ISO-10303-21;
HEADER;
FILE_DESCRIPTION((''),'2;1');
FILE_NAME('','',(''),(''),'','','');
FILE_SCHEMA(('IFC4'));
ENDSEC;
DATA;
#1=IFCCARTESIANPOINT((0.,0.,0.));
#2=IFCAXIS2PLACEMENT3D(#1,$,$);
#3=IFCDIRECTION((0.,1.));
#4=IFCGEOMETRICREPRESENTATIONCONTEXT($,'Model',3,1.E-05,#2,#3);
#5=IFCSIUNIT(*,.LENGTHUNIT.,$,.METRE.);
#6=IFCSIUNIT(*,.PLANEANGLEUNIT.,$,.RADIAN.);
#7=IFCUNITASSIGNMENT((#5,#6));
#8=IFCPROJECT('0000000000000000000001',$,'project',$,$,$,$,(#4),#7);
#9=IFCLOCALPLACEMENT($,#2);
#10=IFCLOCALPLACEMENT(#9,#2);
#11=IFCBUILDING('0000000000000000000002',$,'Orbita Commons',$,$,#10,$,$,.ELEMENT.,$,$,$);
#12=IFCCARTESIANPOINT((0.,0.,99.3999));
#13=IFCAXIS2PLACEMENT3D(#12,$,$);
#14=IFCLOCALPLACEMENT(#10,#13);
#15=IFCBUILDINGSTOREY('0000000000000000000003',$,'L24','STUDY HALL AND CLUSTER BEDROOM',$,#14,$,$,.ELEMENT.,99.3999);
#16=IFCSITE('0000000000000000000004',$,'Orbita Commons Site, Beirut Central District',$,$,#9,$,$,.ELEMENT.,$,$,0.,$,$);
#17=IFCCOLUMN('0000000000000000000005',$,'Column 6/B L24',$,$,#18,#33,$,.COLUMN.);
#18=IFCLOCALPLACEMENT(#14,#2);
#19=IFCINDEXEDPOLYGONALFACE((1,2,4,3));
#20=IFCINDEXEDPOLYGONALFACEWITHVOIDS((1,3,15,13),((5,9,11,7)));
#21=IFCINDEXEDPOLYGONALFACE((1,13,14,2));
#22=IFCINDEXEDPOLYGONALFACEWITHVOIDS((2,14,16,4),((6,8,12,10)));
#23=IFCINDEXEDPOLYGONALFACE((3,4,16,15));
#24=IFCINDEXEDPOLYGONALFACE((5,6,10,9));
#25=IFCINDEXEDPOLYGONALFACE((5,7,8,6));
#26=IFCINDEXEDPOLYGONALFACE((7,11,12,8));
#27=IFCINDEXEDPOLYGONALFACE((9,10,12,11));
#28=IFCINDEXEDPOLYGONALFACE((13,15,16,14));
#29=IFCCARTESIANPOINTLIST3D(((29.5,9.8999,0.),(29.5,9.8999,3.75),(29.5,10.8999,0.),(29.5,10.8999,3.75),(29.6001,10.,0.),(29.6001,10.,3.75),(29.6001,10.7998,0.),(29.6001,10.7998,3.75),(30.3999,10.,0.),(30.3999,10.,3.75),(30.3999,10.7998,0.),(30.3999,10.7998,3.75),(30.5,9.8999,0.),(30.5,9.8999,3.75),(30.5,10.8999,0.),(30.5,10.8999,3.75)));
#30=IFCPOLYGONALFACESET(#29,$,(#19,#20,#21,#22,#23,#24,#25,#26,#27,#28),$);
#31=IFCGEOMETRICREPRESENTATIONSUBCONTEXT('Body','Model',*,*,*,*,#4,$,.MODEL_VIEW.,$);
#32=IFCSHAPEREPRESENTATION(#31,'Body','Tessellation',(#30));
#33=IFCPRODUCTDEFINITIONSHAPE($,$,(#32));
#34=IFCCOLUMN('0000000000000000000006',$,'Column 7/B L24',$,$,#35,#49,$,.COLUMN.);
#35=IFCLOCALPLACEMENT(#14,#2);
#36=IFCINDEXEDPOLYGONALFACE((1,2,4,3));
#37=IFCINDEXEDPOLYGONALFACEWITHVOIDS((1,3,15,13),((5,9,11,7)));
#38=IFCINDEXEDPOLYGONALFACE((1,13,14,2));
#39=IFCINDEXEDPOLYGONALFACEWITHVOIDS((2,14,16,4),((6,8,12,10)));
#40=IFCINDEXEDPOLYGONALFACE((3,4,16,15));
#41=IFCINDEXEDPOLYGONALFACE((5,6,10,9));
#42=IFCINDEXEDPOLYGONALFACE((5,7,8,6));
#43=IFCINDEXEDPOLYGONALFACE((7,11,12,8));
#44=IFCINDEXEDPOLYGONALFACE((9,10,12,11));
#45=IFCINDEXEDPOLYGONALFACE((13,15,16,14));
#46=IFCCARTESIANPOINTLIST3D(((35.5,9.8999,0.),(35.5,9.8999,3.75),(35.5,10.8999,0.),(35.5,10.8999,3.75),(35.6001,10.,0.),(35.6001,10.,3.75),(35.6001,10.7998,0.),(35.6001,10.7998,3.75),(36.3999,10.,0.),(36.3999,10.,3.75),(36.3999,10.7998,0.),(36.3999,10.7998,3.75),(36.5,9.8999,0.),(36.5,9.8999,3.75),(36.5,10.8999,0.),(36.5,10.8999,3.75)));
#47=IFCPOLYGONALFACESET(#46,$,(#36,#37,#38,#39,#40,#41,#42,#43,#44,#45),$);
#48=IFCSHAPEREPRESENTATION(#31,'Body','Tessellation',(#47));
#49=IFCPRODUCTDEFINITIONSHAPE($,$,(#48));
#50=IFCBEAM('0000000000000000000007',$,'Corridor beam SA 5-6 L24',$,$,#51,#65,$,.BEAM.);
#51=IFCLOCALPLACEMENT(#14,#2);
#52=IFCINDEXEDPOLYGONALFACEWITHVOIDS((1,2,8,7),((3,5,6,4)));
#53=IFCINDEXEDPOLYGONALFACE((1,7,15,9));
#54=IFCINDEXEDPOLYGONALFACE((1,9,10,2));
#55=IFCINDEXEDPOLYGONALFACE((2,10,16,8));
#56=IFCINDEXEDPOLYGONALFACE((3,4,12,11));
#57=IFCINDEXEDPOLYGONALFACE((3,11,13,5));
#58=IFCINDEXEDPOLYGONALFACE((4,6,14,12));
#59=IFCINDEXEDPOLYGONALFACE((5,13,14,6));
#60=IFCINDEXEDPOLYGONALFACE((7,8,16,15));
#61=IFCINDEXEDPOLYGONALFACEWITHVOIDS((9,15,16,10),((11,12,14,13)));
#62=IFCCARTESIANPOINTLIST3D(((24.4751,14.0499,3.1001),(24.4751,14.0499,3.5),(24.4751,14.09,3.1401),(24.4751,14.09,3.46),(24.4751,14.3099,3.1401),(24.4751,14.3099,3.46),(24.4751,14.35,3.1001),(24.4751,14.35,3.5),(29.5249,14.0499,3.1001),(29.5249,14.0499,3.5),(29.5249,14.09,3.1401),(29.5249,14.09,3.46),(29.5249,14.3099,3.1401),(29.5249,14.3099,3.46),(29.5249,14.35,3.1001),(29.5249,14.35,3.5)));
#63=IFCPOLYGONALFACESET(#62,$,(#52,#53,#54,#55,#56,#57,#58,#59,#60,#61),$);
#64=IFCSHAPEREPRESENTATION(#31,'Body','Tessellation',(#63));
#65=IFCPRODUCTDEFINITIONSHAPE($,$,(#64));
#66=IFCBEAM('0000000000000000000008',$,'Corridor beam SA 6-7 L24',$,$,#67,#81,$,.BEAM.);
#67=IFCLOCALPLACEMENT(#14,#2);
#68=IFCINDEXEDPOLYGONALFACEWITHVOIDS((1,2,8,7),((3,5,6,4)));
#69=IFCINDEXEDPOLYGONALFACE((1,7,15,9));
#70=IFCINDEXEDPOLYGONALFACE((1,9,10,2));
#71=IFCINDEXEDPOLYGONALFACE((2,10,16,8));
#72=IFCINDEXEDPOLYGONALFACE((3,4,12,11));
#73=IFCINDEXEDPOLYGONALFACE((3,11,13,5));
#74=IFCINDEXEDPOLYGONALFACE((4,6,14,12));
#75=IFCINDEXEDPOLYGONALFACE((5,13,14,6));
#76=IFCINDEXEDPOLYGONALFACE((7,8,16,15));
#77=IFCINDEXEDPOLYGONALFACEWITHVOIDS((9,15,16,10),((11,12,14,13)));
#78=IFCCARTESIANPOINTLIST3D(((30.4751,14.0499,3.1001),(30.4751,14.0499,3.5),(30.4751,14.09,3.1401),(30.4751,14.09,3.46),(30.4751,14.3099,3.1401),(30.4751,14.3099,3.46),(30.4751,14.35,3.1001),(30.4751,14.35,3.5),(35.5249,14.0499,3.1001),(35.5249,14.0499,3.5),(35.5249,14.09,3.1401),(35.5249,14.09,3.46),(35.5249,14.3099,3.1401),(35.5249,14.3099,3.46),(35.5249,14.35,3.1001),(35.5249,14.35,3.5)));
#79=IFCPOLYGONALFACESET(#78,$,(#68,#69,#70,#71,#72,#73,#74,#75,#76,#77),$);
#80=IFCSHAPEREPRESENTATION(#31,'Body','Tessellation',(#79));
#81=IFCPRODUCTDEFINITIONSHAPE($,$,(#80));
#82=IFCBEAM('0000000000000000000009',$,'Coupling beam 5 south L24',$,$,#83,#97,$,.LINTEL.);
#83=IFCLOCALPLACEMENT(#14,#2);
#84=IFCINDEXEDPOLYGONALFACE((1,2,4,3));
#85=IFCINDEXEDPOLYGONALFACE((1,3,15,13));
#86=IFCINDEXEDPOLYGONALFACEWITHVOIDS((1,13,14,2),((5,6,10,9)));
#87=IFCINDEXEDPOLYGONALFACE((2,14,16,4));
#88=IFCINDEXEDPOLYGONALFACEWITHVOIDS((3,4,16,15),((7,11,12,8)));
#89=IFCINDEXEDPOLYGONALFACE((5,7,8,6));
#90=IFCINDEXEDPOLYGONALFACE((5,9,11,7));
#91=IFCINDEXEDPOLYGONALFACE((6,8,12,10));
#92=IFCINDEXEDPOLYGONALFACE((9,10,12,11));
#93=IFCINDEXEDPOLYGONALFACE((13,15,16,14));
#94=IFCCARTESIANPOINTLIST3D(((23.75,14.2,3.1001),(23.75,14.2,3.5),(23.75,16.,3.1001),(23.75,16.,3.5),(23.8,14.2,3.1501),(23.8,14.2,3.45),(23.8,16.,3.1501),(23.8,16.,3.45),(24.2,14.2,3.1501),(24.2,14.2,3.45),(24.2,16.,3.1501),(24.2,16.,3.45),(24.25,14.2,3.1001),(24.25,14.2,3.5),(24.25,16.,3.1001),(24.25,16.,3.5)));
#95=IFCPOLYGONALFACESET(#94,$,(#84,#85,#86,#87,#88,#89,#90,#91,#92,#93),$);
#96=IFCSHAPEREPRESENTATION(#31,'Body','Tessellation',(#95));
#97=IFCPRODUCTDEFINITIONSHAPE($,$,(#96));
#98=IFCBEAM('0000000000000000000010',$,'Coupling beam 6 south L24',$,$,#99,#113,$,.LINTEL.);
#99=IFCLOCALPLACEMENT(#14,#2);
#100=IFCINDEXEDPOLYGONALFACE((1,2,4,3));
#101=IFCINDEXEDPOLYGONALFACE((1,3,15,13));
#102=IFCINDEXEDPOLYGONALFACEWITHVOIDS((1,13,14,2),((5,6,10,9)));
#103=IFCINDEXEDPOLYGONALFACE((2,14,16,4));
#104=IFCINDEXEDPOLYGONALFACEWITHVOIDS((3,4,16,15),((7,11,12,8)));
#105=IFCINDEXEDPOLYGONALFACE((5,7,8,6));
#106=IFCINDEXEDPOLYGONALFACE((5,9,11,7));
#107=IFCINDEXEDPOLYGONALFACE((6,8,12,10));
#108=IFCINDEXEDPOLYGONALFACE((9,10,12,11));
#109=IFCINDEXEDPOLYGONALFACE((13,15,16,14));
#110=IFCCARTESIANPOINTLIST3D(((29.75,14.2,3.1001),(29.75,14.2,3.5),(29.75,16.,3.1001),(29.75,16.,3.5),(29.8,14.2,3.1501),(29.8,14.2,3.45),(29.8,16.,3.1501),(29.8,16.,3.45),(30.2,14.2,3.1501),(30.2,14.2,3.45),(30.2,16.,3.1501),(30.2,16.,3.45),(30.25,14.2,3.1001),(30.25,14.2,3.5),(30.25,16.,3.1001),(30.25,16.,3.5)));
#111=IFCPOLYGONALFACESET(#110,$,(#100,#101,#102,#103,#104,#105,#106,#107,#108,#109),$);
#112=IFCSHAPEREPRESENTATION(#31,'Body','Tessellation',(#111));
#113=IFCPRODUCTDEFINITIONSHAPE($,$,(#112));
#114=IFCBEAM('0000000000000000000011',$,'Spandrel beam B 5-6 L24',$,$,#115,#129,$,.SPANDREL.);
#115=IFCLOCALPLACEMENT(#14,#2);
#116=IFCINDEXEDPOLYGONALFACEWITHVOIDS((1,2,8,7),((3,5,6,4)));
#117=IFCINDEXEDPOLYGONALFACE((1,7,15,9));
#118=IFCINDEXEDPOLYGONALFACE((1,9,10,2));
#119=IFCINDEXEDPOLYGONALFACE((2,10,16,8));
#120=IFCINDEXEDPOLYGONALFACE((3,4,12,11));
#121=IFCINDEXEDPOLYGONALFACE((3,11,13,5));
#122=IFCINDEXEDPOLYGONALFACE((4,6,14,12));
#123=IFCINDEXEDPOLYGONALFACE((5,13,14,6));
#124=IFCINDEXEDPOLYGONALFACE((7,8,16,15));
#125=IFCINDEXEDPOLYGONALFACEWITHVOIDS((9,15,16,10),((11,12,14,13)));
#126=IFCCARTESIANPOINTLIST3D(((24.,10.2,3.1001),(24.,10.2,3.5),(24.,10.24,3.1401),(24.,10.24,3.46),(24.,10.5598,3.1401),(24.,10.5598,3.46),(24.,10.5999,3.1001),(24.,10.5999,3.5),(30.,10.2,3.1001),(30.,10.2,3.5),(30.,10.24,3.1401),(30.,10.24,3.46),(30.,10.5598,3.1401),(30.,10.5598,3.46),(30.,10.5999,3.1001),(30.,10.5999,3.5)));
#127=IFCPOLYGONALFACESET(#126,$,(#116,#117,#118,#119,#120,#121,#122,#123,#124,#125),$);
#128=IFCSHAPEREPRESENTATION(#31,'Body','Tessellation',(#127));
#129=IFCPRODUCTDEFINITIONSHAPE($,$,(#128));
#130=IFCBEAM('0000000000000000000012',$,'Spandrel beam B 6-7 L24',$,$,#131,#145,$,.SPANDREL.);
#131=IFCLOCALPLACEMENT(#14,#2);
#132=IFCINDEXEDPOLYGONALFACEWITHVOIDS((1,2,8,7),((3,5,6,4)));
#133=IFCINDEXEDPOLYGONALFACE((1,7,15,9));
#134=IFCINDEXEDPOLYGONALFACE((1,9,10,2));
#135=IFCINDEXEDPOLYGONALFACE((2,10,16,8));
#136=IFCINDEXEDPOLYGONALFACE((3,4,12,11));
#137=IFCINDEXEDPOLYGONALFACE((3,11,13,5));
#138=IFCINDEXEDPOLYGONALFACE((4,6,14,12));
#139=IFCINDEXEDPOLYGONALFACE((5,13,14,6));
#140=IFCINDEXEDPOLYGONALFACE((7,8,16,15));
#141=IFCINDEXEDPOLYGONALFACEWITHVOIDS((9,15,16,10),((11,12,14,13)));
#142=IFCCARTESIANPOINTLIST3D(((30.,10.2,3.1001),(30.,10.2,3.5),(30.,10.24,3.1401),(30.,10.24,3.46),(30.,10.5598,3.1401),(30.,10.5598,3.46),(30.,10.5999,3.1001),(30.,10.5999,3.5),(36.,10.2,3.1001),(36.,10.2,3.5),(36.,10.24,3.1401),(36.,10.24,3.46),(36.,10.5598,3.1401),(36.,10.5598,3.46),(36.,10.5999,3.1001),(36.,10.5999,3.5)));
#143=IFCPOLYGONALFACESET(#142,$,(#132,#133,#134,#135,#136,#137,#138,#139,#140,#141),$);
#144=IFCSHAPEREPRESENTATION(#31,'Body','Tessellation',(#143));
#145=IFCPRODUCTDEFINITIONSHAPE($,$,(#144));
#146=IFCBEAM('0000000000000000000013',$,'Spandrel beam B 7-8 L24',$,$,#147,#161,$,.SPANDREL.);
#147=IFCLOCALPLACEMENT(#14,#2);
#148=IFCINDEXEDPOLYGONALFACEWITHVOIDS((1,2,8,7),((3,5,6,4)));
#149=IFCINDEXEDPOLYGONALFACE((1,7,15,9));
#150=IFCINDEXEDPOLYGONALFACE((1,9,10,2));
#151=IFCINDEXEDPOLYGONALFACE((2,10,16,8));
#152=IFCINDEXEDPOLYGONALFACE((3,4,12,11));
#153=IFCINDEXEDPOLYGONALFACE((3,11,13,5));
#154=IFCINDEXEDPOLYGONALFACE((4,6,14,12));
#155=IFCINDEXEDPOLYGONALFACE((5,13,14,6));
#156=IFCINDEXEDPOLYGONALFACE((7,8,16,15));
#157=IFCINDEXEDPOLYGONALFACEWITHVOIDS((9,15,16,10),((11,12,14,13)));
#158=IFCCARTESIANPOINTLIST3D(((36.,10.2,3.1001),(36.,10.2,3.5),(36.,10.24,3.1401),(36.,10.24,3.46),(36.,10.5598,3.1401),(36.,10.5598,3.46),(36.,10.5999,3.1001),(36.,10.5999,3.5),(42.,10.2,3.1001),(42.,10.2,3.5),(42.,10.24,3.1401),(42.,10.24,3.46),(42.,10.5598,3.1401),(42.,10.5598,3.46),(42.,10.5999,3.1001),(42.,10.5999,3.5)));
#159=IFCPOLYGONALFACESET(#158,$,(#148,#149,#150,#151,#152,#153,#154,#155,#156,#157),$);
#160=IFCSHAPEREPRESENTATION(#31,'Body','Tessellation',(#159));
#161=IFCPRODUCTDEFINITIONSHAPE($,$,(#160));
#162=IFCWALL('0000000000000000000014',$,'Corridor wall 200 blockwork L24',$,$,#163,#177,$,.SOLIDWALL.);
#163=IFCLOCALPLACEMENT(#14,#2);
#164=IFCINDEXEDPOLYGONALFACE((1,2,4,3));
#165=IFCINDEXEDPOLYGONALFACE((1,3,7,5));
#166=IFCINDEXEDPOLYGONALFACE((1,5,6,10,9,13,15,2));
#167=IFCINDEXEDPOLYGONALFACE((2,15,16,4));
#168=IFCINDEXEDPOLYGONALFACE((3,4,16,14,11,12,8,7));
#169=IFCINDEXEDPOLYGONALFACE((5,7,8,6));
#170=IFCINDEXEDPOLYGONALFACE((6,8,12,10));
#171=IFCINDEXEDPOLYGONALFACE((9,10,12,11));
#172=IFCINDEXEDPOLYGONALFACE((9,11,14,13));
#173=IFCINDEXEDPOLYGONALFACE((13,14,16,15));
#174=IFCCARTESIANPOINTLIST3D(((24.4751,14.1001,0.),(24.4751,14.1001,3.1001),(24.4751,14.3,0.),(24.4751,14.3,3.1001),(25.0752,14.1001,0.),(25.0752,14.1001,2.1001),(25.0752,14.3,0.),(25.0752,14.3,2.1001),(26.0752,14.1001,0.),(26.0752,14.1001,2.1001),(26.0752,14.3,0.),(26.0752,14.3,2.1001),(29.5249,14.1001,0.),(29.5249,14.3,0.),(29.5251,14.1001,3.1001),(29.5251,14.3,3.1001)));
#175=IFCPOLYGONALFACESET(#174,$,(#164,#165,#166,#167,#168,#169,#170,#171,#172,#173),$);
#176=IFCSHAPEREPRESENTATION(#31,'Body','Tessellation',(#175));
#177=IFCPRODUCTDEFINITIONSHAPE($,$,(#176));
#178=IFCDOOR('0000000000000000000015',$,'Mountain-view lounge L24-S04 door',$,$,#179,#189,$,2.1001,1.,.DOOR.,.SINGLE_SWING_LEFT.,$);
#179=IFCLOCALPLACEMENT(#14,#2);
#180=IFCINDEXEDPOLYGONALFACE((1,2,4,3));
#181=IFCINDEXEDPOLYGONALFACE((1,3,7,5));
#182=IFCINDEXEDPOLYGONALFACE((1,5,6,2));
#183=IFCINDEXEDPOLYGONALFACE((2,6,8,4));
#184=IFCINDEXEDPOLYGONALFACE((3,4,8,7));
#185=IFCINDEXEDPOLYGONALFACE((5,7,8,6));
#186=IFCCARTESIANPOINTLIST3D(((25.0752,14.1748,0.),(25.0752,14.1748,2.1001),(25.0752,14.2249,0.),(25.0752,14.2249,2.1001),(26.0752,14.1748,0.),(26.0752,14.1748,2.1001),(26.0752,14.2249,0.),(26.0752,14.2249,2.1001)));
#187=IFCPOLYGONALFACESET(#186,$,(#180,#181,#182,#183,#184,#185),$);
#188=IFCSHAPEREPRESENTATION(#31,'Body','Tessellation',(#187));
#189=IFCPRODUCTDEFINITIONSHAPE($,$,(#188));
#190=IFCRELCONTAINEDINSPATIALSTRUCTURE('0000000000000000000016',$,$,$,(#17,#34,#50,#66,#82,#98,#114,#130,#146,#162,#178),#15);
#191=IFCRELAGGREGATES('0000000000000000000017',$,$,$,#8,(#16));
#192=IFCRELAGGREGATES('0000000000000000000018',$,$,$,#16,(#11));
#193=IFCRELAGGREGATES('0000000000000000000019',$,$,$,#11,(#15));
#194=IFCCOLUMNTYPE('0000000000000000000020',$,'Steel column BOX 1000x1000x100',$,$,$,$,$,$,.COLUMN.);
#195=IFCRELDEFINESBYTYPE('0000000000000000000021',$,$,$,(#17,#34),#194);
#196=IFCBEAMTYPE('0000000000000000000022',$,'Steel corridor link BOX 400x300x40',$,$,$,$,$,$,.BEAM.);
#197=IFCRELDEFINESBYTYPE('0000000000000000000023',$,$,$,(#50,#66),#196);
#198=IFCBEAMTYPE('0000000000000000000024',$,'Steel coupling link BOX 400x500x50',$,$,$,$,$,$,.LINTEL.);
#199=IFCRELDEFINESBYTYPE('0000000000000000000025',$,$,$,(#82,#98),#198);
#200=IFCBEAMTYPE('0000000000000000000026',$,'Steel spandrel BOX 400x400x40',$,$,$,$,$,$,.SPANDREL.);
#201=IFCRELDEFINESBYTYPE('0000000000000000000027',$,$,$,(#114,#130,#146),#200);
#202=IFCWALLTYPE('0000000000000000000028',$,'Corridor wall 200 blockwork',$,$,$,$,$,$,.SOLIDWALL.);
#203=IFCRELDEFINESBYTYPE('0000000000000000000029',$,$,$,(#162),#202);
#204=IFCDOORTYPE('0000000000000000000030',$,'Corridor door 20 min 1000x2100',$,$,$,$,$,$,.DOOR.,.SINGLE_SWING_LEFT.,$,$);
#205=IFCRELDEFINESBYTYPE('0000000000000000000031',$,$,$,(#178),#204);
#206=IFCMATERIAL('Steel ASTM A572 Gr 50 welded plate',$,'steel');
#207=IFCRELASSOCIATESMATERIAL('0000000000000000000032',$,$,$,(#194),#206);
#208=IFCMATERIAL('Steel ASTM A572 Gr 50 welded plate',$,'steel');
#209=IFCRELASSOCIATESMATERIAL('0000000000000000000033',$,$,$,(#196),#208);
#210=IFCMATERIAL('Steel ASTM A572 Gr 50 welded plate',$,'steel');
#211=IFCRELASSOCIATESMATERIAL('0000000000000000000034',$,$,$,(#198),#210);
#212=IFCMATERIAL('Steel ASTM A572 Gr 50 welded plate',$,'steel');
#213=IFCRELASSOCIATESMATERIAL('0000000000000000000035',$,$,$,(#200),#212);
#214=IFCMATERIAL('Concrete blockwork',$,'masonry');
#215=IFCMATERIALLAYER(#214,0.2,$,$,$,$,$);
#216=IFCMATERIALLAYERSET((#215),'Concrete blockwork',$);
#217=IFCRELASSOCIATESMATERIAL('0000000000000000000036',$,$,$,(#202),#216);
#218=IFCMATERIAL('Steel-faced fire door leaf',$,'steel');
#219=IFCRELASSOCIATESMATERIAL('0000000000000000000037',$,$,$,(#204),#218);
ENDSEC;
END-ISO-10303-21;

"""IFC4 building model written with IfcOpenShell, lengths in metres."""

from ifc_helpers import new_model, si_unit, direction, frame, frame_2d, origin, origin_2d, place, context, subcontext, project, spatial, polyline, rectangle, hollow_rectangle, outline, extrude, material, layer, layer_set, material_profile, profile_set, type_object, element, fill, save


model = new_model("IFC4")

# Units and contexts
model_context = context("Model", 3, precision=1e-05, world=origin(), true_north=direction((0.0, 1.0)))
body_context = subcontext(model_context, "Body", "Model", "MODEL_VIEW")
ifc_project = project(units=[si_unit("LENGTHUNIT", "METRE"), si_unit("PLANEANGLEUNIT", "RADIAN")], contexts=[model_context])

# Site, building, storey
site_placement = place(None, origin())
site = spatial("IfcSite", under=ifc_project, at=site_placement, Name="Orbita Commons Site, Beirut Central District", CompositionType="ELEMENT", RefElevation=0.0)
building_placement = place(site_placement, origin())
building = spatial("IfcBuilding", under=site, at=building_placement, Name="Orbita Commons", CompositionType="ELEMENT")
storey_placement = place(building_placement, frame((0.0, 0.0, 99.3999)))
storey = spatial("IfcBuildingStorey", under=building, at=storey_placement, Name="L24", Description="STUDY HALL AND CLUSTER BEDROOM", CompositionType="ELEMENT", Elevation=99.3999)

# Columns
ifc_material_1 = material(Name="Steel ASTM A572 Gr 50 welded plate", Category="steel")
ifc_material_profile_1 = material_profile(ifc_material_1, hollow_rectangle(XDim=1.0, YDim=1.0, WallThickness=0.1001, at=origin_2d()), Name="BOX 1000x1000x100")
ifc_profile_set_1 = profile_set([ifc_material_profile_1], Name="Steel ASTM A572 Gr 50 welded plate")
column_type = type_object("IfcColumnType", Name="Steel column BOX 1000x1000x100", PredefinedType="COLUMN", material=ifc_profile_set_1)
for number, where, z_axis, x_axis, name in (
    (1, (30.0, 10.3999, 0.0), (0.0, 0.0, 1.0), (1.0, 0.0, 0.0), "Column 6/B L24"),
    (2, (36.0, 10.3999, 0.0), (0.0, 0.0, 1.0), (1.0, 0.0, 0.0), "Column 7/B L24"),
):
    element("IfcColumn", number, at=place(storey_placement, frame(where, z_axis=z_axis, x_axis=x_axis)), inside=storey, type_object=column_type, Name=name, PredefinedType="COLUMN", context=body_context, shape_type="SweptSolid", body=[
        extrude(hollow_rectangle(XDim=1.0, YDim=1.0, WallThickness=0.1001, at=origin_2d()), origin(), (0.0, 0.0, 1.0), 3.75),
    ])

# Beams
ifc_material_2 = material(Name="Steel ASTM A572 Gr 50 welded plate", Category="steel")
ifc_material_profile_2 = material_profile(ifc_material_2, hollow_rectangle(XDim=0.3, YDim=0.3999, WallThickness=0.04, at=origin_2d()), Name="BOX 400x300x40")
ifc_profile_set_2 = profile_set([ifc_material_profile_2], Name="Steel ASTM A572 Gr 50 welded plate")
beam_type_1 = type_object("IfcBeamType", Name="Steel corridor link BOX 400x300x40", PredefinedType="BEAM", material=ifc_profile_set_2)
for number, where, z_axis, x_axis, name in (
    (3, (24.4751, 14.2, 3.3), (1.0, 0.0, 0.0), (0.0, 1.0, 0.0), "Corridor beam SA 5-6 L24"),
    (4, (30.4751, 14.2, 3.3), (1.0, 0.0, 0.0), (0.0, 1.0, 0.0), "Corridor beam SA 6-7 L24"),
):
    element("IfcBeam", number, at=place(storey_placement, frame(where, z_axis=z_axis, x_axis=x_axis)), inside=storey, type_object=beam_type_1, Name=name, PredefinedType="BEAM", context=body_context, shape_type="SweptSolid", body=[
        extrude(hollow_rectangle(XDim=0.3, YDim=0.3999, WallThickness=0.04, at=origin_2d()), origin(), (0.0, 0.0, 1.0), 5.0498),
    ])
ifc_material_3 = material(Name="Steel ASTM A572 Gr 50 welded plate", Category="steel")
ifc_material_profile_3 = material_profile(ifc_material_3, hollow_rectangle(XDim=0.5, YDim=0.3999, WallThickness=0.05, at=origin_2d()), Name="BOX 400x500x50")
ifc_profile_set_3 = profile_set([ifc_material_profile_3], Name="Steel ASTM A572 Gr 50 welded plate")
beam_type_2 = type_object("IfcBeamType", Name="Steel coupling link BOX 400x500x50", PredefinedType="LINTEL", material=ifc_profile_set_3)
for number, where, z_axis, x_axis, name in (
    (5, (24.0, 14.2, 3.3), (0.0, 1.0, 0.0), (-1.0, 0.0, 0.0), "Coupling beam 5 south L24"),
    (6, (30.0, 14.2, 3.3), (0.0, 1.0, 0.0), (-1.0, 0.0, 0.0), "Coupling beam 6 south L24"),
):
    element("IfcBeam", number, at=place(storey_placement, frame(where, z_axis=z_axis, x_axis=x_axis)), inside=storey, type_object=beam_type_2, Name=name, PredefinedType="LINTEL", context=body_context, shape_type="SweptSolid", body=[
        extrude(hollow_rectangle(XDim=0.5, YDim=0.3999, WallThickness=0.05, at=origin_2d()), origin(), (0.0, 0.0, 1.0), 1.8),
    ])
ifc_material_4 = material(Name="Steel ASTM A572 Gr 50 welded plate", Category="steel")
ifc_material_profile_4 = material_profile(ifc_material_4, hollow_rectangle(XDim=0.3999, YDim=0.3999, WallThickness=0.04, at=origin_2d()), Name="BOX 400x400x40")
ifc_profile_set_4 = profile_set([ifc_material_profile_4], Name="Steel ASTM A572 Gr 50 welded plate")
beam_type_3 = type_object("IfcBeamType", Name="Steel spandrel BOX 400x400x40", PredefinedType="SPANDREL", material=ifc_profile_set_4)
for number, where, z_axis, x_axis, name in (
    (7, (24.0, 10.3999, 3.3), (1.0, 0.0, 0.0), (0.0, 1.0, 0.0), "Spandrel beam B 5-6 L24"),
    (8, (30.0, 10.3999, 3.3), (1.0, 0.0, 0.0), (0.0, 1.0, 0.0), "Spandrel beam B 6-7 L24"),
    (9, (36.0, 10.3999, 3.3), (1.0, 0.0, 0.0), (0.0, 1.0, 0.0), "Spandrel beam B 7-8 L24"),
):
    element("IfcBeam", number, at=place(storey_placement, frame(where, z_axis=z_axis, x_axis=x_axis)), inside=storey, type_object=beam_type_3, Name=name, PredefinedType="SPANDREL", context=body_context, shape_type="SweptSolid", body=[
        extrude(hollow_rectangle(XDim=0.3999, YDim=0.3999, WallThickness=0.04, at=origin_2d()), origin(), (0.0, 0.0, 1.0), 6.0),
    ])

# Wall, opening, door
ifc_material_5 = material(Name="Concrete blockwork", Category="masonry")
ifc_layer_1 = layer(ifc_material_5, 0.2)
ifc_layer_set_1 = layer_set([ifc_layer_1], Name="Concrete blockwork")
wall_type_1 = type_object("IfcWallType", Name="Corridor wall 200 blockwork", PredefinedType="SOLIDWALL", material=ifc_layer_set_1)
wall_1_placement = place(storey_placement, frame((24.4751, 14.2, 0.0), z_axis=(0.0, 0.0, 1.0), x_axis=(1.0, 0.0, 0.0)))
wall_1 = element("IfcWall", 10, at=wall_1_placement, inside=storey, type_object=wall_type_1, Name="Corridor wall 200 blockwork L24", PredefinedType="SOLIDWALL", context=body_context, shape_type="SweptSolid", body=[
    extrude(outline(polyline([(0.0, 0.0), (5.0498, 0.0), (5.05, 3.1001), (0.0, 3.1001), (0.0, 0.0)])), frame((0.0, 0.1001, 0.0), z_axis=(0.0, -1.0, 0.0), x_axis=(1.0, 0.0, 0.0)), (0.0, 0.0, 1.0), 0.2),
])
opening_1_placement = place(wall_1_placement, frame((0.6001, 0.0, 0.0)))
opening_1 = element("IfcOpeningElement", 11, at=opening_1_placement, cuts=wall_1, PredefinedType="OPENING", context=body_context, shape_type="SweptSolid", body=[
    extrude(rectangle(XDim=1.0, YDim=2.1001, at=frame_2d((0.5, 1.05))), frame((0.0, 0.1099, 0.0), z_axis=(0.0, -1.0, 0.0), x_axis=(1.0, 0.0, 0.0)), (0.0, 0.0, 1.0), 0.22),
])
ifc_material_6 = material(Name="Steel-faced fire door leaf", Category="steel")
door_type_1 = type_object("IfcDoorType", Name="Corridor door 20 min 1000x2100", OperationType="SINGLE_SWING_LEFT", PredefinedType="DOOR", material=ifc_material_6)
door_1_placement = place(opening_1_placement, origin())
door_1 = element("IfcDoor", 12, at=door_1_placement, inside=storey, type_object=door_type_1, Name="Mountain-view lounge L24-S04 door", OperationType="SINGLE_SWING_LEFT", OverallHeight=2.1001, OverallWidth=1.0, PredefinedType="DOOR", context=body_context, shape_type="SweptSolid", body=[
    extrude(rectangle(XDim=1.0, YDim=2.1001, at=frame_2d((0.5, 1.05))), frame((0.0, 0.0249, 0.0), z_axis=(0.0, -1.0, 0.0), x_axis=(1.0, 0.0, 0.0)), (0.0, 0.0, 1.0), 0.05),
])
fill(opening_1, door_1)

save(model, "model.ifc")
